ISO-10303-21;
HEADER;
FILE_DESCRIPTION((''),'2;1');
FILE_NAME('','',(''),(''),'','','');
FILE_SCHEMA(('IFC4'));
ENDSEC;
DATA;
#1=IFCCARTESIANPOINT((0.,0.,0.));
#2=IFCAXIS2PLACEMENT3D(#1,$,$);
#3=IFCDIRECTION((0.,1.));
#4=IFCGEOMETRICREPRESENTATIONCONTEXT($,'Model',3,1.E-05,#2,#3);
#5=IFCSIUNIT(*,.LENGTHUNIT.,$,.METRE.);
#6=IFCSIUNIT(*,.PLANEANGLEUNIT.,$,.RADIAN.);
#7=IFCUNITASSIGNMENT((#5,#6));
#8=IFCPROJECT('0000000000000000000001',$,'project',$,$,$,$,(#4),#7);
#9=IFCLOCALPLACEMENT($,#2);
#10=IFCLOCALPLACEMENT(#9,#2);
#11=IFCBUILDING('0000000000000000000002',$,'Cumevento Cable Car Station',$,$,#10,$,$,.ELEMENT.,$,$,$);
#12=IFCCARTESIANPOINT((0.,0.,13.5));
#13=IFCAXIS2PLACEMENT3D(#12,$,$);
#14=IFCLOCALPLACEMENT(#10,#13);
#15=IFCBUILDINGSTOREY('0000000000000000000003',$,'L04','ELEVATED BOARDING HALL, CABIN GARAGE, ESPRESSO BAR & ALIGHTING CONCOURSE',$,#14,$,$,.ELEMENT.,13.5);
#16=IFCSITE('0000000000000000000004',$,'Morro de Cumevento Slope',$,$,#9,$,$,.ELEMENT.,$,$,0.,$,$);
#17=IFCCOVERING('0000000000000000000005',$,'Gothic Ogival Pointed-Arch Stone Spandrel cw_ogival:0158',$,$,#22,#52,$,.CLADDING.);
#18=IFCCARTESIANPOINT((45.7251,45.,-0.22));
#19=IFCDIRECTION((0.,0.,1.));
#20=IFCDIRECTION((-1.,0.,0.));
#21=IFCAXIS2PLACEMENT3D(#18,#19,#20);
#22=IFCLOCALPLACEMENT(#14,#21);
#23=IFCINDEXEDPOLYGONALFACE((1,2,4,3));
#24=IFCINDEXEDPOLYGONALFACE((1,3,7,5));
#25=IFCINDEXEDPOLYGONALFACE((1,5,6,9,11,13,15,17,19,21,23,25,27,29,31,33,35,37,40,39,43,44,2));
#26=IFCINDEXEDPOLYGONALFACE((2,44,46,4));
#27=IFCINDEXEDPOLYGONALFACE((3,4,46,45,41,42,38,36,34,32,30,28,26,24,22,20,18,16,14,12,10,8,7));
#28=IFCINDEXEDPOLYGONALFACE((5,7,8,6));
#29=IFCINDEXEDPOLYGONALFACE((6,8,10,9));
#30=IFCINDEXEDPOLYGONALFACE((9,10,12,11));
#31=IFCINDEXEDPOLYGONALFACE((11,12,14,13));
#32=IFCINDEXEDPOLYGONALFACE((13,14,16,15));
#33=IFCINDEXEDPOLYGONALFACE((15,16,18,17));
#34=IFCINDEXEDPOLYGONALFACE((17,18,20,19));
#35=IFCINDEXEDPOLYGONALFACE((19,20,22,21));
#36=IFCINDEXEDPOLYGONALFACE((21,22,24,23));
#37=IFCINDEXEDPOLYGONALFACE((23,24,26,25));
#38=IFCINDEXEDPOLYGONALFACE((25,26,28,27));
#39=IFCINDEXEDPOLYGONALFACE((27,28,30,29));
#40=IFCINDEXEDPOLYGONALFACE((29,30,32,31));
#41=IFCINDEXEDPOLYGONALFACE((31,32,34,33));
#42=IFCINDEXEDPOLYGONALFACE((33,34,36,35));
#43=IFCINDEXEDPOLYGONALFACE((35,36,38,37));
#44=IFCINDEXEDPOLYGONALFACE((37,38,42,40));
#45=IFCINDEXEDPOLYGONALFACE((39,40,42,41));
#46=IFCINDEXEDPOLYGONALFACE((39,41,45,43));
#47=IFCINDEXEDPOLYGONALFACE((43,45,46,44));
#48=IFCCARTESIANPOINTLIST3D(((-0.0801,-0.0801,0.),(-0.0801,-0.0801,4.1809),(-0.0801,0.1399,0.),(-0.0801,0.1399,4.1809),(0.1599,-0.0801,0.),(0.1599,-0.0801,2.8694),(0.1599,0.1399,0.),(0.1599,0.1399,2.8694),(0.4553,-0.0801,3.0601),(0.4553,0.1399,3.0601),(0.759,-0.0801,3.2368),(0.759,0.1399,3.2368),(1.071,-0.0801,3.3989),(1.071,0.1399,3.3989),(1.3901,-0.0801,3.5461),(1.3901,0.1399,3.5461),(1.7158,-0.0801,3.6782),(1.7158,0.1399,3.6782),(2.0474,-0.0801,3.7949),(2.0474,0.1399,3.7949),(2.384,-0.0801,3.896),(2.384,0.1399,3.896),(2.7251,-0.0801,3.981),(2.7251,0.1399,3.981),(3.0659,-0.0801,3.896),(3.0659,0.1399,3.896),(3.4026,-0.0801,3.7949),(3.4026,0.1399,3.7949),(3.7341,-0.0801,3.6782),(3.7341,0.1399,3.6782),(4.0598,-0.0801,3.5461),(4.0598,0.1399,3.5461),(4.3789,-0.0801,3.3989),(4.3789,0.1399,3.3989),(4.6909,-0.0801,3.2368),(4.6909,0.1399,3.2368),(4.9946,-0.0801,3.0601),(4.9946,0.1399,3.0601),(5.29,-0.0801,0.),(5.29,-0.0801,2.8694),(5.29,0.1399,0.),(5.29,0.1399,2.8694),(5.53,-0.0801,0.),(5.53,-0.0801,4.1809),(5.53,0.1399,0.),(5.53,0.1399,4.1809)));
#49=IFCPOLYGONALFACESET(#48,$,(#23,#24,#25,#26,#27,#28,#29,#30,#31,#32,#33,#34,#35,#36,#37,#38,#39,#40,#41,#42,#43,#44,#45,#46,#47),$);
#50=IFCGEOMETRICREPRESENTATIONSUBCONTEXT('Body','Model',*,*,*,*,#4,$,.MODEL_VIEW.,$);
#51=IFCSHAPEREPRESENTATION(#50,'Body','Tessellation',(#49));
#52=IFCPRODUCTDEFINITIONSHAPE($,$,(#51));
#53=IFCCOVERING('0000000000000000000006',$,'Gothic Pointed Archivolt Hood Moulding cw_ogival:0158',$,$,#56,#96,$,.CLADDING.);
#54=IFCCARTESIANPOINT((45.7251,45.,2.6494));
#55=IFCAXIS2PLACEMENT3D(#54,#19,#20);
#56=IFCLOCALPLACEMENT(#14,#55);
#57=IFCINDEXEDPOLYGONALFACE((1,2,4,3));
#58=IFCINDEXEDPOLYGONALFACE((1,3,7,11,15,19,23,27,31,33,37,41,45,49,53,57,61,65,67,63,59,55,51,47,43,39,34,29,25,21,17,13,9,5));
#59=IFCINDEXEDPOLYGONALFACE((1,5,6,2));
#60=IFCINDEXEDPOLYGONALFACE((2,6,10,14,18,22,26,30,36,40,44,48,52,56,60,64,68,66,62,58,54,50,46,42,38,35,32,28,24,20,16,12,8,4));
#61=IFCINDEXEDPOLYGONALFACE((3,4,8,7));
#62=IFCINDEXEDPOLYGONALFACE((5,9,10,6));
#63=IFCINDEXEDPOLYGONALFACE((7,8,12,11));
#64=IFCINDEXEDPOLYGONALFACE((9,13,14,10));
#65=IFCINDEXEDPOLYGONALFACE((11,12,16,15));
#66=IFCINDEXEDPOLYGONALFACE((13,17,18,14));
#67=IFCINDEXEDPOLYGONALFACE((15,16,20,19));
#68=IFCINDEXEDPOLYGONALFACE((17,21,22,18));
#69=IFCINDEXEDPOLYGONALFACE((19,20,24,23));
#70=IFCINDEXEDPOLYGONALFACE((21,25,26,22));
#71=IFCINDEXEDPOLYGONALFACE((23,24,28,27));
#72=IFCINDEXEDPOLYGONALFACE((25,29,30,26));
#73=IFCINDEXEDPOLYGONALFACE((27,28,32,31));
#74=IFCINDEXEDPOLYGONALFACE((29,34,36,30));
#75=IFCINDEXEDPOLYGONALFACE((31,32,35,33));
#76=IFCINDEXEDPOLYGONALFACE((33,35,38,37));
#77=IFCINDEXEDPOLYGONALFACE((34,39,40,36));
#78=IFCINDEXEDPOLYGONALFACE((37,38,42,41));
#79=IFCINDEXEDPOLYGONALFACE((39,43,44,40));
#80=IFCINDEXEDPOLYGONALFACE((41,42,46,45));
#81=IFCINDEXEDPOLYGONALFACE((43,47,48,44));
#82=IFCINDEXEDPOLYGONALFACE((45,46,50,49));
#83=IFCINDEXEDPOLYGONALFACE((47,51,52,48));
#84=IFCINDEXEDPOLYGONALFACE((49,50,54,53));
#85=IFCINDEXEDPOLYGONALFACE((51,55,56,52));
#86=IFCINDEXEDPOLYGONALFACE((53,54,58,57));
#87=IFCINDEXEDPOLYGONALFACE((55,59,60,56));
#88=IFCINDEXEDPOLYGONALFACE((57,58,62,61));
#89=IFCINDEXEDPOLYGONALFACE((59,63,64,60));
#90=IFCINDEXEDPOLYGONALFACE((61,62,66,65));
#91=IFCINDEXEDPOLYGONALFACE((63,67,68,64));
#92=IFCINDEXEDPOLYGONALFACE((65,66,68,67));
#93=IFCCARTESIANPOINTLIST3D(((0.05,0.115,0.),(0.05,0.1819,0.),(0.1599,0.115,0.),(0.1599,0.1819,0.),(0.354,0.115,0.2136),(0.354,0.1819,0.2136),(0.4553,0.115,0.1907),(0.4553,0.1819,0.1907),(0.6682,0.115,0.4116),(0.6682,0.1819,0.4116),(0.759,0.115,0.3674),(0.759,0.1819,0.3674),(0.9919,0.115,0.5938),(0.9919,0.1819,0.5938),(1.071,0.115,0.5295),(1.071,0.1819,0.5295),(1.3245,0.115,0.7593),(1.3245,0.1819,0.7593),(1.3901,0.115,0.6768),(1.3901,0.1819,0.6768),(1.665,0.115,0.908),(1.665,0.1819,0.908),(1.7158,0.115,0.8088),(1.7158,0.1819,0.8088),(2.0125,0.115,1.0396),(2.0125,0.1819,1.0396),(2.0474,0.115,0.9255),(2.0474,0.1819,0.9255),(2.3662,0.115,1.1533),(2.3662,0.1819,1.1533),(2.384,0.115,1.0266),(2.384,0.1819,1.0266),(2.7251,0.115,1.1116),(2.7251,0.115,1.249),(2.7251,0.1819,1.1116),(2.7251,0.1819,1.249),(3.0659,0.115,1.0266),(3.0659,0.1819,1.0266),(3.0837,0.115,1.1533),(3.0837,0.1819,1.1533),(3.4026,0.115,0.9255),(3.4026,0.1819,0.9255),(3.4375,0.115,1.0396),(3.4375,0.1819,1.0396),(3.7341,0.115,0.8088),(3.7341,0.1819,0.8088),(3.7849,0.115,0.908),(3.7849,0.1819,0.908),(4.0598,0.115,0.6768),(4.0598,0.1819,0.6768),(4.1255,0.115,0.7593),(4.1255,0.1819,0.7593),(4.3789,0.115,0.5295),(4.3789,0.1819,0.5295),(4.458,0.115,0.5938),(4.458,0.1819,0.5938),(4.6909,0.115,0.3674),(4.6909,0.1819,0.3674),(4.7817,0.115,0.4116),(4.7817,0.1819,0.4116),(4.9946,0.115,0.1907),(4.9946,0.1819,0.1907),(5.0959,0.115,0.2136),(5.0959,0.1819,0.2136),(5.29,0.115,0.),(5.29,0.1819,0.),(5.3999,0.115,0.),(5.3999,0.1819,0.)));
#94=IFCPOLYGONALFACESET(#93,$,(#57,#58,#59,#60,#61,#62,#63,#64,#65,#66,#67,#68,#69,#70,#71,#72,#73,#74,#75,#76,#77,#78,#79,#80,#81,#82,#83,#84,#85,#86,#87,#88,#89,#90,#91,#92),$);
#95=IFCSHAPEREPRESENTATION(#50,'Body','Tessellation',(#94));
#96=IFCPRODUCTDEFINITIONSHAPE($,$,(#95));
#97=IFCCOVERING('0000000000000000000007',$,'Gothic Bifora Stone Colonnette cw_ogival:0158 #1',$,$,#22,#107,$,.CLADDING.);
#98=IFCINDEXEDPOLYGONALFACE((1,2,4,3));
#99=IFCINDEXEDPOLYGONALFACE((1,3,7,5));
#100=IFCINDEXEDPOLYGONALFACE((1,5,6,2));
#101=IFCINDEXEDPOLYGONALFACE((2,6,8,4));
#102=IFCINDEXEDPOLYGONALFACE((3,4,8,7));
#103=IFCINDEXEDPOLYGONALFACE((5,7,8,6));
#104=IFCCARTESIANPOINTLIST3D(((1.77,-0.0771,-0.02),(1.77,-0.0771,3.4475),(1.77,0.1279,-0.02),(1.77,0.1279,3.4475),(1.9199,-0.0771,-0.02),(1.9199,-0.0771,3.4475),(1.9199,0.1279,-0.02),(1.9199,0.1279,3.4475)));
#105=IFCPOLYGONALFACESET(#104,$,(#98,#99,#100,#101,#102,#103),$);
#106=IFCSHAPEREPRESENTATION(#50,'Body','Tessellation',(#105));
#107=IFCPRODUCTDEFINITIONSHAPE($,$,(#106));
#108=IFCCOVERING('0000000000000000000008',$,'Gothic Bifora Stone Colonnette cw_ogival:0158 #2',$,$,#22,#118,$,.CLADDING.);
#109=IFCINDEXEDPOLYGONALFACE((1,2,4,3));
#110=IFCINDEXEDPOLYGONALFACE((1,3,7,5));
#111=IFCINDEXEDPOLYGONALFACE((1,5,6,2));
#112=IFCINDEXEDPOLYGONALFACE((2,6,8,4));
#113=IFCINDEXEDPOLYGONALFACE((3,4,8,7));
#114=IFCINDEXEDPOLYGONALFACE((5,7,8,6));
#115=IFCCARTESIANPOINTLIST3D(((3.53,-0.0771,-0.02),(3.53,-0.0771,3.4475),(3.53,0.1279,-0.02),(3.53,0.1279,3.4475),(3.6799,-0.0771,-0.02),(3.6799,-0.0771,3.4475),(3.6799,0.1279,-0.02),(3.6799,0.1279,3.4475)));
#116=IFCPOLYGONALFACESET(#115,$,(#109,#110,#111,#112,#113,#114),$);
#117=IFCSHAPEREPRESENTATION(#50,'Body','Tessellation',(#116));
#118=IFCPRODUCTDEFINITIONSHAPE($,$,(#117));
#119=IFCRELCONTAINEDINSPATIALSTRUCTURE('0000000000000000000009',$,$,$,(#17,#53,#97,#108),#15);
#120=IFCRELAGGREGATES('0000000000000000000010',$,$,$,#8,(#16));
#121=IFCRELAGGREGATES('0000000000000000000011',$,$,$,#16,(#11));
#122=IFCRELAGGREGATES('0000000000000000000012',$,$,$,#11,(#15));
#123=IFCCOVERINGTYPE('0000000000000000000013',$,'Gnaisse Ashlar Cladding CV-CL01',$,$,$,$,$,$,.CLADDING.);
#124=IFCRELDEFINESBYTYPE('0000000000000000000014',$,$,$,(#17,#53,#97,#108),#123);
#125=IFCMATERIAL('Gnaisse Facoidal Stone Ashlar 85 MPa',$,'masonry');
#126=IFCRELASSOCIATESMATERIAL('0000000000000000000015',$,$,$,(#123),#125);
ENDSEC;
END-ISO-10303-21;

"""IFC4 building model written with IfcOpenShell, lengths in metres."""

from ifc_helpers import new_model, si_unit, direction, frame, origin, place, context, subcontext, project, spatial, polyline, outline, extrude, material, type_object, element, save


model = new_model("IFC4")

# Units and contexts
model_context = context("Model", 3, precision=1e-05, world=origin(), true_north=direction((0.0, 1.0)))
body_context = subcontext(model_context, "Body", "Model", "MODEL_VIEW")
ifc_project = project(units=[si_unit("LENGTHUNIT", "METRE"), si_unit("PLANEANGLEUNIT", "RADIAN")], contexts=[model_context])

# Site, building, storey
site_placement = place(None, origin())
site = spatial("IfcSite", under=ifc_project, at=site_placement, Name="Morro de Cumevento Slope", CompositionType="ELEMENT", RefElevation=0.0)
building_placement = place(site_placement, origin())
building = spatial("IfcBuilding", under=site, at=building_placement, Name="Cumevento Cable Car Station", CompositionType="ELEMENT")
storey_placement = place(building_placement, frame((0.0, 0.0, 13.5)))
storey = spatial("IfcBuildingStorey", under=building, at=storey_placement, Name="L04", Description="ELEVATED BOARDING HALL, CABIN GARAGE, ESPRESSO BAR & ALIGHTING CONCOURSE", CompositionType="ELEMENT", Elevation=13.5)

# Coverings
ifc_material_1 = material(Name="Gnaisse Facoidal Stone Ashlar 85 MPa", Category="masonry")
covering_type = type_object("IfcCoveringType", Name="Gnaisse Ashlar Cladding CV-CL01", PredefinedType="CLADDING", material=ifc_material_1)
placement = place(storey_placement, frame((45.7251, 45.0, -0.22), z_axis=(0.0, 0.0, 1.0), x_axis=(-1.0, 0.0, 0.0)))
element("IfcCovering", 1, at=placement, inside=storey, type_object=covering_type, Name="Gothic Ogival Pointed-Arch Stone Spandrel cw_ogival:0158", PredefinedType="CLADDING", context=body_context, shape_type="SweptSolid", body=[
    extrude(outline(polyline([(-0.0801, 0.0), (-0.0801, 4.1809), (5.53, 4.1809), (5.53, 0.0), (5.29, 0.0), (5.29, 2.8694), (4.9946, 3.0601), (4.6909, 3.2368), (4.3789, 3.3989), (4.0598, 3.5461), (3.7341, 3.6782), (3.4026, 3.7949), (3.0659, 3.896), (2.7251, 3.981), (2.384, 3.896), (2.0474, 3.7949), (1.7158, 3.6782), (1.3901, 3.5461), (1.071, 3.3989), (0.759, 3.2368), (0.4553, 3.0601), (0.1599, 2.8694), (0.1599, 0.0), (-0.0801, 0.0)])), frame((0.0, 0.1399, 0.0), z_axis=(0.0, -1.0, 0.0), x_axis=(1.0, 0.0, 0.0)), (0.0, 0.0, 1.0), 0.22),
])
covering_1_placement = place(storey_placement, frame((45.7251, 45.0, 2.6494), z_axis=(0.0, 0.0, 1.0), x_axis=(-1.0, 0.0, 0.0)))
element("IfcCovering", 2, at=covering_1_placement, inside=storey, type_object=covering_type, Name="Gothic Pointed Archivolt Hood Moulding cw_ogival:0158", PredefinedType="CLADDING", context=body_context, shape_type="SweptSolid", body=[
    extrude(outline(polyline([(0.1599, 0.0), (0.4553, 0.1907), (0.759, 0.3674), (1.071, 0.5295), (1.3901, 0.6768), (1.7158, 0.8088), (2.0474, 0.9255), (2.384, 1.0266), (2.7251, 1.1116), (3.0659, 1.0266), (3.4026, 0.9255), (3.7341, 0.8088), (4.0598, 0.6768), (4.3789, 0.5295), (4.6909, 0.3674), (4.9946, 0.1907), (5.29, 0.0), (5.3999, 0.0), (5.0959, 0.2136), (4.7817, 0.4116), (4.458, 0.5938), (4.1255, 0.7593), (3.7849, 0.908), (3.4375, 1.0396), (3.0837, 1.1533), (2.7251, 1.249), (2.3662, 1.1533), (2.0125, 1.0396), (1.665, 0.908), (1.3245, 0.7593), (0.9919, 0.5938), (0.6682, 0.4116), (0.354, 0.2136), (0.05, 0.0), (0.1599, 0.0)])), frame((0.0, 0.1819, 0.0), z_axis=(0.0, -1.0, 0.0), x_axis=(1.0, 0.0, 0.0)), (0.0, 0.0, 1.0), 0.0669),
])
element("IfcCovering", 3, at=placement, inside=storey, type_object=covering_type, Name="Gothic Bifora Stone Colonnette cw_ogival:0158 #1", PredefinedType="CLADDING", context=body_context, shape_type="SweptSolid", body=[
    extrude(outline(polyline([(1.77, -0.02), (1.9199, -0.02), (1.9199, 3.4475), (1.77, 3.4475), (1.77, -0.02)])), frame((0.0, 0.1279, 0.0), z_axis=(0.0, -1.0, 0.0), x_axis=(1.0, 0.0, 0.0)), (0.0, 0.0, 1.0), 0.2051),
])
element("IfcCovering", 4, at=placement, inside=storey, type_object=covering_type, Name="Gothic Bifora Stone Colonnette cw_ogival:0158 #2", PredefinedType="CLADDING", context=body_context, shape_type="SweptSolid", body=[
    extrude(outline(polyline([(3.53, -0.02), (3.6799, -0.02), (3.6799, 3.4475), (3.53, 3.4475), (3.53, -0.02)])), frame((0.0, 0.1279, 0.0), z_axis=(0.0, -1.0, 0.0), x_axis=(1.0, 0.0, 0.0)), (0.0, 0.0, 1.0), 0.2051),
])

save(model, "model.ifc")
